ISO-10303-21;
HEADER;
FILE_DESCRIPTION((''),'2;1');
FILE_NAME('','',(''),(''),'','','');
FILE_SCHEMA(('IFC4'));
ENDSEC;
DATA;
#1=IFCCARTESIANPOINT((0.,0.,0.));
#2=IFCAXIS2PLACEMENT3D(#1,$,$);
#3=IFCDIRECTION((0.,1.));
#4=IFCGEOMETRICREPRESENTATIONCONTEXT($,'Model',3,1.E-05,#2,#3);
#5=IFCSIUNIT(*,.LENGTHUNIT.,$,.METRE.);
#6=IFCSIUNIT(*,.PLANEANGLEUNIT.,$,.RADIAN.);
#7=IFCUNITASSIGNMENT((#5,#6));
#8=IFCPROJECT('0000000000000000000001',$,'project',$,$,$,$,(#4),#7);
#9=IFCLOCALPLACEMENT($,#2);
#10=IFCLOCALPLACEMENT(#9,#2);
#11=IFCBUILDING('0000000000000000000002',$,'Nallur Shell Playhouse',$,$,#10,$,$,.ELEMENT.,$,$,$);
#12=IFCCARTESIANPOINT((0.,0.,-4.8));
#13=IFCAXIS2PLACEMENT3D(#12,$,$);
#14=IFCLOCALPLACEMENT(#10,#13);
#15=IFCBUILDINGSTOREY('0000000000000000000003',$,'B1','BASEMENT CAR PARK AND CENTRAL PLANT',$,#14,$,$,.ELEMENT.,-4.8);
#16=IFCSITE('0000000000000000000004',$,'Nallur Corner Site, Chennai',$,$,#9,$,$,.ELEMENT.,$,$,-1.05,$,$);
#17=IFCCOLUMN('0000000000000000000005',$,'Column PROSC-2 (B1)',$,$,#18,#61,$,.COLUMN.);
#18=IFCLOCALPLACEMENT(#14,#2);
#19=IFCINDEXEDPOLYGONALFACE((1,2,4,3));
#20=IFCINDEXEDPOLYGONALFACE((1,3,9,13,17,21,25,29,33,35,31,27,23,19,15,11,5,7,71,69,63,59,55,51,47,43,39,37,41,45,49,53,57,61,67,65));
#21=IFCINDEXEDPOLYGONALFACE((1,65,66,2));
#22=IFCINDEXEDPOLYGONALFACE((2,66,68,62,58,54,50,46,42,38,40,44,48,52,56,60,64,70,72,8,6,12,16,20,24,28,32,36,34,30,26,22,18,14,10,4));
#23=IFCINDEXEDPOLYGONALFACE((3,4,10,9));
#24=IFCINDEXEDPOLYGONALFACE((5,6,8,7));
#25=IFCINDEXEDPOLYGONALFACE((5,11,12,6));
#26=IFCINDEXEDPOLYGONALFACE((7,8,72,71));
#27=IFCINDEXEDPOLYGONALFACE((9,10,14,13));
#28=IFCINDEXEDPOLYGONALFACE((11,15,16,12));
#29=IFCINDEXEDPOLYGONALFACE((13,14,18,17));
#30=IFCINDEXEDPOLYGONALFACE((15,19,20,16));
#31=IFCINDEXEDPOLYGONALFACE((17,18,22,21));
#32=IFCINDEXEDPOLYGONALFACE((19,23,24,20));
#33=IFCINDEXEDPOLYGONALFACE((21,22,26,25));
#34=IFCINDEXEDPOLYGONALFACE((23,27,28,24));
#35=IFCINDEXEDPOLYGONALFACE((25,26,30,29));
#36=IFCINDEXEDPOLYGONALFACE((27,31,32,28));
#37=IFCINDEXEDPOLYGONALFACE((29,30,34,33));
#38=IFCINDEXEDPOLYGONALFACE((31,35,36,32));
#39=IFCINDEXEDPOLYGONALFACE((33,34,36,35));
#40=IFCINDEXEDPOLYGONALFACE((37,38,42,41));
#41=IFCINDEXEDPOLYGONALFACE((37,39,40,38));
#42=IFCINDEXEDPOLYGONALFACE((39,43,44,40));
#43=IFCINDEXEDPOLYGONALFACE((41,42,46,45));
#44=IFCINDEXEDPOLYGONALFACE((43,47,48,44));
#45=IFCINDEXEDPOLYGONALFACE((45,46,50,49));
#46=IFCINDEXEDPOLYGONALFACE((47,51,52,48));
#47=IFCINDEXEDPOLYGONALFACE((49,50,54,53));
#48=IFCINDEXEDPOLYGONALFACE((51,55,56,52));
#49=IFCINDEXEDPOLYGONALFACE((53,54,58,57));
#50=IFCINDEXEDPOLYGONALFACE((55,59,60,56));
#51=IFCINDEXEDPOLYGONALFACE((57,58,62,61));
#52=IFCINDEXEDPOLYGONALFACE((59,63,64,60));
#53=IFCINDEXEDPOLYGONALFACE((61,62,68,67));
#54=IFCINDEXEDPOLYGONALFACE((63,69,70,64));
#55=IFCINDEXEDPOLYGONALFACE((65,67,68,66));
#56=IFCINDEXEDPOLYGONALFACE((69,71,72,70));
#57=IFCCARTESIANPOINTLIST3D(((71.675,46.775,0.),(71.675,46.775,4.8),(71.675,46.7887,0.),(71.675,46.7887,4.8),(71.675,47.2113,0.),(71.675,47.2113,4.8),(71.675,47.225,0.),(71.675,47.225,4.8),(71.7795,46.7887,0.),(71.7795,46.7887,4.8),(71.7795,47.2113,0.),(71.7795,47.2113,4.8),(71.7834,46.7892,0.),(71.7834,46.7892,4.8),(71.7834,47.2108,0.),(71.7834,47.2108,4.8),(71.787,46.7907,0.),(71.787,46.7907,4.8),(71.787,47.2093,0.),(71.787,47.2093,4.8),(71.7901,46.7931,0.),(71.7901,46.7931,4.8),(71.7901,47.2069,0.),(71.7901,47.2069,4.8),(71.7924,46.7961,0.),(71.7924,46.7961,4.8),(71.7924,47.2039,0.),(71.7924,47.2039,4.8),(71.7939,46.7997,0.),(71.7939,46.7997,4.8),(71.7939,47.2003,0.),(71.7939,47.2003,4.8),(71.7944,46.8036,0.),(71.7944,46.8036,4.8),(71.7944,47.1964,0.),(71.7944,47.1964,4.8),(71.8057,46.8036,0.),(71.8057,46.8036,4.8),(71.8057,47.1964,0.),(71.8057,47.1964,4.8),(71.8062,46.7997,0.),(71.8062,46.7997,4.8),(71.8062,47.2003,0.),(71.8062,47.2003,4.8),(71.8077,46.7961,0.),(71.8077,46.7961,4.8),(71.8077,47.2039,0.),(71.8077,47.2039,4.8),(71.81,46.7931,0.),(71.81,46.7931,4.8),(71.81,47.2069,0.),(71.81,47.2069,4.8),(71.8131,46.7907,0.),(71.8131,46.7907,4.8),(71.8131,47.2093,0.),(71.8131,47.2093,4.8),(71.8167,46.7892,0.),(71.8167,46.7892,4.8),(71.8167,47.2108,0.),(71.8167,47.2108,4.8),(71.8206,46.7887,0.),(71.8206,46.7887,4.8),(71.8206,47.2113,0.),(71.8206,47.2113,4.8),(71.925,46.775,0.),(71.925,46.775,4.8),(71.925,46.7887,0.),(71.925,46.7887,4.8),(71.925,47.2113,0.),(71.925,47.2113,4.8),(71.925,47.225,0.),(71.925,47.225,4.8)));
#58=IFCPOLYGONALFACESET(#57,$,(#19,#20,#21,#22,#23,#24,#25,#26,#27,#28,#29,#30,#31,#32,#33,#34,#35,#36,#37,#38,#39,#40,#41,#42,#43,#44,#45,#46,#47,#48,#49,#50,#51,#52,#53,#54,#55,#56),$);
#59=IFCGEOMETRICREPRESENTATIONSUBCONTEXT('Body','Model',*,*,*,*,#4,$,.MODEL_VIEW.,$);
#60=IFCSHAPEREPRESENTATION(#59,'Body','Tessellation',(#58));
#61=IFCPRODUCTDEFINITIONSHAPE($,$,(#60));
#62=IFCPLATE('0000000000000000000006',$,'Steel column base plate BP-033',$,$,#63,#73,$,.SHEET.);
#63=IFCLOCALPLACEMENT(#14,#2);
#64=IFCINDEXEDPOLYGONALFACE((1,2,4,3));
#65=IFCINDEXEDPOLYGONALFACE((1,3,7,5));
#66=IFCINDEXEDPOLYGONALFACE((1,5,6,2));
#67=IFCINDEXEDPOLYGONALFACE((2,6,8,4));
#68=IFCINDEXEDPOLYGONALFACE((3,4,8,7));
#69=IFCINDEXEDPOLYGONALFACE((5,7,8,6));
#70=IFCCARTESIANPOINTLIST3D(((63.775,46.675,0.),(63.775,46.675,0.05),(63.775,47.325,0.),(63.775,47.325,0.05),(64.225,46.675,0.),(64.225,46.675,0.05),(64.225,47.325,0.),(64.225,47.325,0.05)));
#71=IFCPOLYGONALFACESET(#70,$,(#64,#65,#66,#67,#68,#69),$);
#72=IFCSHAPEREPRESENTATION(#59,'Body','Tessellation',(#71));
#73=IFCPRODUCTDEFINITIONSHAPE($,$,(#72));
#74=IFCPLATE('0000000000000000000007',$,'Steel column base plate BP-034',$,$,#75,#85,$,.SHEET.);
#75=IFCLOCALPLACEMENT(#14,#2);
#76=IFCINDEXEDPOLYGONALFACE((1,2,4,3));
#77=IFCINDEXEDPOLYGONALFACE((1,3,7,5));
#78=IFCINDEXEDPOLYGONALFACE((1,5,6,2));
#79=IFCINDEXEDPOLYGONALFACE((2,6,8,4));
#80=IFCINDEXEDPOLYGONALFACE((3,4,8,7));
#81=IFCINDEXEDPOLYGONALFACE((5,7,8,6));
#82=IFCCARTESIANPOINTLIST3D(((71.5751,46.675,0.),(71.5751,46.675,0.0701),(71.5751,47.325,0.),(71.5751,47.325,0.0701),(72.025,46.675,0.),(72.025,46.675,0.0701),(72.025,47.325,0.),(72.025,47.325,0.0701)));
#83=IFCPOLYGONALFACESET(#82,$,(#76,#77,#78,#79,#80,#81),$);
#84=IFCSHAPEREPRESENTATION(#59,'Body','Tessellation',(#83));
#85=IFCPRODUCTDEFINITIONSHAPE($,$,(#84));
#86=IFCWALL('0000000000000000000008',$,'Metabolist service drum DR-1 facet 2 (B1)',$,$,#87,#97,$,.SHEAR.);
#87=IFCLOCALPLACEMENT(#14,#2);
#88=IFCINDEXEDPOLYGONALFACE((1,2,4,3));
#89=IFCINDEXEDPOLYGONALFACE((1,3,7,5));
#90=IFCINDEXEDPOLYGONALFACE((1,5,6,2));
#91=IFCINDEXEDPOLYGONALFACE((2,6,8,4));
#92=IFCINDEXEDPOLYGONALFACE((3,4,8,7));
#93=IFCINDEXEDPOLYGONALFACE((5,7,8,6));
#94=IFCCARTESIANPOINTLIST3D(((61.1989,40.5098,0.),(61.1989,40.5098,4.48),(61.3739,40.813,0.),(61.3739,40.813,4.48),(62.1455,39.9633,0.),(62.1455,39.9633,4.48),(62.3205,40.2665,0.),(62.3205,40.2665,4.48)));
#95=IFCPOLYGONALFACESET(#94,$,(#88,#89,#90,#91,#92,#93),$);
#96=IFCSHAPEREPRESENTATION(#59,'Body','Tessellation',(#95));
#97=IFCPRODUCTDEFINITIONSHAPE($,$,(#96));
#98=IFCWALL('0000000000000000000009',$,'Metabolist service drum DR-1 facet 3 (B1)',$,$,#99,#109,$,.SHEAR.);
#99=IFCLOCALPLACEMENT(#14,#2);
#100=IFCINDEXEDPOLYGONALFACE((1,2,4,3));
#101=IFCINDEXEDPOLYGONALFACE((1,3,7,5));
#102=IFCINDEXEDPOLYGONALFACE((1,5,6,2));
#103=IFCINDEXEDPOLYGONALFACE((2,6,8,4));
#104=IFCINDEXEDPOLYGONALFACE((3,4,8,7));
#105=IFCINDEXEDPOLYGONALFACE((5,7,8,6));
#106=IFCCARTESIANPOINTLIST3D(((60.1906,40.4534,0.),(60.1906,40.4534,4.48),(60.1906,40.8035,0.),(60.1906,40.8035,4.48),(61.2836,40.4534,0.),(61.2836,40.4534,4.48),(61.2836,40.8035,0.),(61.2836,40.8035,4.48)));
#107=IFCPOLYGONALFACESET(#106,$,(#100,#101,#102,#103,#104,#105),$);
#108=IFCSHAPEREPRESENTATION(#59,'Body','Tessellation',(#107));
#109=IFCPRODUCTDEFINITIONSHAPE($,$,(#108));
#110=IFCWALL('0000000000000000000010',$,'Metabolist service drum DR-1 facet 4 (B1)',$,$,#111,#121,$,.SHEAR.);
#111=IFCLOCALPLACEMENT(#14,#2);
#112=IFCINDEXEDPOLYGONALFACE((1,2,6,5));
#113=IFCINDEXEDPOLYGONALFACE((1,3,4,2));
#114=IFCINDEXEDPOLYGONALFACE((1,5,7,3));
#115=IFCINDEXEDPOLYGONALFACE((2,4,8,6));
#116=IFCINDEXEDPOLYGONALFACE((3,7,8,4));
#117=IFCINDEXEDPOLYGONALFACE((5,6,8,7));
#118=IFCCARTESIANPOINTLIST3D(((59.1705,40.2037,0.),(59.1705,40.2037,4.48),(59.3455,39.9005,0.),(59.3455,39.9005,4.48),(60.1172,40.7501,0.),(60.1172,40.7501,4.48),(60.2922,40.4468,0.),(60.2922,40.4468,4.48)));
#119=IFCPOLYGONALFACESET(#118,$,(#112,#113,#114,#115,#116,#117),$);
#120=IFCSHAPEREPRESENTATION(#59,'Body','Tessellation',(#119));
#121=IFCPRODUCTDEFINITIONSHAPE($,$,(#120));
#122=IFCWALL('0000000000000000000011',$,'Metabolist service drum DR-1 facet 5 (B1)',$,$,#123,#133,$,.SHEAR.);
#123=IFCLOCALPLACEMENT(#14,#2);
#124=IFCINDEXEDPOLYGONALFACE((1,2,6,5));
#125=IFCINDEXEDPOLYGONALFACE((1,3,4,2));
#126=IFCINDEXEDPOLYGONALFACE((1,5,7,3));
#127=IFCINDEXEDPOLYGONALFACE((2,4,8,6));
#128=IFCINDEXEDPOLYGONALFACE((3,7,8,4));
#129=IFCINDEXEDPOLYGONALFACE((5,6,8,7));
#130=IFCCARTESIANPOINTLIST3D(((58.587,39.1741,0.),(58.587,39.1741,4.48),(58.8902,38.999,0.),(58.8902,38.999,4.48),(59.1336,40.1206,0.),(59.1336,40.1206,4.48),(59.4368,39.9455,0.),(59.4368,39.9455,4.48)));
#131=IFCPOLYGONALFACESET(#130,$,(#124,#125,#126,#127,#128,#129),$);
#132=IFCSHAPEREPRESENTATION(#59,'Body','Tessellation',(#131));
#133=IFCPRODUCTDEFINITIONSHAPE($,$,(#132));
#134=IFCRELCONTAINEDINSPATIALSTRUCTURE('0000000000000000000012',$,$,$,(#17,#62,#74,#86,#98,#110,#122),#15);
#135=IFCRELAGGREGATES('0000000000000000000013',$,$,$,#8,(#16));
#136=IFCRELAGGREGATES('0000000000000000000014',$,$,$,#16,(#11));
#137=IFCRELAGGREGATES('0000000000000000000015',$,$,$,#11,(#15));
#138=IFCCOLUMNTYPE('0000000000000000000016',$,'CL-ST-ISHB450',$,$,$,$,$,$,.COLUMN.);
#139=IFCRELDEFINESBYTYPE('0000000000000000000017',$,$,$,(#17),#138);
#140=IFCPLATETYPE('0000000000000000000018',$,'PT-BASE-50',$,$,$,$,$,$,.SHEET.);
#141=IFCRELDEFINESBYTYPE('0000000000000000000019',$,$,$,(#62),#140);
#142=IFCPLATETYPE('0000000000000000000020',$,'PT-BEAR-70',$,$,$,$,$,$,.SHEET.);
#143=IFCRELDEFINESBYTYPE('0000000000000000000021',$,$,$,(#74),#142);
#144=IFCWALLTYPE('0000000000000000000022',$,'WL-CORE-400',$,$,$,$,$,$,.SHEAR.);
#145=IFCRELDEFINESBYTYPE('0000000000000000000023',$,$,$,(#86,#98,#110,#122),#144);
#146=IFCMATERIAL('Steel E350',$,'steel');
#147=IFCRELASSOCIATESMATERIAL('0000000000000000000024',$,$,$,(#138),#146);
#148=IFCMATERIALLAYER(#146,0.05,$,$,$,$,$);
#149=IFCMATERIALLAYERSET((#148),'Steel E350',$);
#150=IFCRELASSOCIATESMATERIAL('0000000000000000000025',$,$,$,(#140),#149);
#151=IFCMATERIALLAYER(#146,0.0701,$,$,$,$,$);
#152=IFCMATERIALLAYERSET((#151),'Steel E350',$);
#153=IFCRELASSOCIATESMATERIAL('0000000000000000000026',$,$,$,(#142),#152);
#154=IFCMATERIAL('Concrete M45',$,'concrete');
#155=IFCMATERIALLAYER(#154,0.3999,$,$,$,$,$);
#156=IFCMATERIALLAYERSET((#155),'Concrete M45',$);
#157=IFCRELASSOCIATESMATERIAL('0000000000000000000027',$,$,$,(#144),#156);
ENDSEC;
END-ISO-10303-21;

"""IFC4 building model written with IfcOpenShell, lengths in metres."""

from ifc_helpers import new_model, si_unit, direction, frame, frame_2d, origin, origin_2d, place, context, subcontext, project, spatial, rectangle, i_section, extrude, material, layer, layer_set, material_profile, profile_set, type_object, element, save


model = new_model("IFC4")

# Units and contexts
model_context = context("Model", 3, precision=1e-05, world=origin(), true_north=direction((0.0, 1.0)))
body_context = subcontext(model_context, "Body", "Model", "MODEL_VIEW")
ifc_project = project(units=[si_unit("LENGTHUNIT", "METRE"), si_unit("PLANEANGLEUNIT", "RADIAN")], contexts=[model_context])

# Site, building, storey
site_placement = place(None, origin())
site = spatial("IfcSite", under=ifc_project, at=site_placement, Name="Nallur Corner Site, Chennai", CompositionType="ELEMENT", RefElevation=-1.05)
building_placement = place(site_placement, origin())
building = spatial("IfcBuilding", under=site, at=building_placement, Name="Nallur Shell Playhouse", CompositionType="ELEMENT")
storey_placement = place(building_placement, frame((0.0, 0.0, -4.8)))
storey = spatial("IfcBuildingStorey", under=building, at=storey_placement, Name="B1", Description="BASEMENT CAR PARK AND CENTRAL PLANT", CompositionType="ELEMENT", Elevation=-4.8)

# Column
ifc_material_1 = material(Name="Concrete M45", Category="concrete")
ifc_material_2 = material(Name="Steel E350", Category="steel")
ifc_material_profile_1 = material_profile(ifc_material_2, i_section(OverallWidth=0.25, OverallDepth=0.45, WebThickness=0.0112, FlangeThickness=0.0137, FilletRadius=0.0149, at=origin_2d()), Name="ISHB 450")
ifc_profile_set_1 = profile_set([ifc_material_profile_1], Name="Steel E350")
column_type_1 = type_object("IfcColumnType", Name="CL-ST-ISHB450", PredefinedType="COLUMN", material=ifc_profile_set_1)
for number, where, z_axis, x_axis, name in (
    (1, (71.8, 47.0, 0.0), (0.0, 0.0, 1.0), (1.0, 0.0, 0.0), "Column PROSC-2 (B1)"),
):
    element("IfcColumn", number, at=place(storey_placement, frame(where, z_axis=z_axis, x_axis=x_axis)), inside=storey, type_object=column_type_1, Name=name, PredefinedType="COLUMN", context=body_context, shape_type="SweptSolid", body=[
        extrude(i_section(OverallWidth=0.25, OverallDepth=0.45, WebThickness=0.0112, FlangeThickness=0.0137, FilletRadius=0.0149, at=origin_2d()), origin(), (0.0, 0.0, 1.0), 4.8),
    ])

# Plates
ifc_layer_1 = layer(ifc_material_2, 0.05)
ifc_layer_set_1 = layer_set([ifc_layer_1], Name="Steel E350")
plate_type_1 = type_object("IfcPlateType", Name="PT-BASE-50", PredefinedType="SHEET", material=ifc_layer_set_1)
plate_1_placement = place(storey_placement, frame((64.0, 47.0, 0.0), z_axis=(0.0, 0.0, 1.0), x_axis=(1.0, 0.0, 0.0)))
element("IfcPlate", 2, at=plate_1_placement, inside=storey, type_object=plate_type_1, Name="Steel column base plate BP-033", PredefinedType="SHEET", context=body_context, shape_type="SweptSolid", body=[
    extrude(rectangle(XDim=0.45, YDim=0.6499, at=origin_2d()), origin(), (0.0, 0.0, 1.0), 0.05),
])
ifc_layer_2 = layer(ifc_material_2, 0.0701)
ifc_layer_set_2 = layer_set([ifc_layer_2], Name="Steel E350")
plate_type_2 = type_object("IfcPlateType", Name="PT-BEAR-70", PredefinedType="SHEET", material=ifc_layer_set_2)
plate_2_placement = place(storey_placement, frame((71.8, 47.0, 0.0), z_axis=(0.0, 0.0, 1.0), x_axis=(1.0, 0.0, 0.0)))
element("IfcPlate", 3, at=plate_2_placement, inside=storey, type_object=plate_type_2, Name="Steel column base plate BP-034", PredefinedType="SHEET", context=body_context, shape_type="SweptSolid", body=[
    extrude(rectangle(XDim=0.45, YDim=0.6499, at=origin_2d()), origin(), (0.0, 0.0, 1.0), 0.0701),
])

# Walls
ifc_layer_3 = layer(ifc_material_1, 0.3999)
ifc_layer_set_3 = layer_set([ifc_layer_3], Name="Concrete M45")
wall_type = type_object("IfcWallType", Name="WL-CORE-400", PredefinedType="SHEAR", material=ifc_layer_set_3)
for number, where, z_axis, x_axis, name in (
    (4, (62.2329, 40.115, 0.0), (0.0, 0.0, 1.0), (-0.866063, 0.499935, 0.0), "Metabolist service drum DR-1 facet 2 (B1)"),
    (5, (61.2834, 40.6284, 0.0), (0.0, 0.0, 1.0), (-1.0, 0.0, 0.0), "Metabolist service drum DR-1 facet 3 (B1)"),
    (6, (60.2046, 40.5984, 0.0), (0.0, 0.0, 1.0), (-0.866119, -0.499838, 0.0), "Metabolist service drum DR-1 facet 4 (B1)"),
    (7, (59.2852, 40.033, 0.0), (0.0, 0.0, 1.0), (-0.500103, -0.865966, 0.0), "Metabolist service drum DR-1 facet 5 (B1)"),
):
    element("IfcWall", number, at=place(storey_placement, frame(where, z_axis=z_axis, x_axis=x_axis)), inside=storey, type_object=wall_type, Name=name, PredefinedType="SHEAR", context=body_context, shape_type="SweptSolid", body=[
        extrude(rectangle(XDim=1.093, YDim=0.3501, at=frame_2d((0.5464, 0.0))), origin(), (0.0, 0.0, 1.0), 4.48),
    ])

save(model, "model.ifc")
